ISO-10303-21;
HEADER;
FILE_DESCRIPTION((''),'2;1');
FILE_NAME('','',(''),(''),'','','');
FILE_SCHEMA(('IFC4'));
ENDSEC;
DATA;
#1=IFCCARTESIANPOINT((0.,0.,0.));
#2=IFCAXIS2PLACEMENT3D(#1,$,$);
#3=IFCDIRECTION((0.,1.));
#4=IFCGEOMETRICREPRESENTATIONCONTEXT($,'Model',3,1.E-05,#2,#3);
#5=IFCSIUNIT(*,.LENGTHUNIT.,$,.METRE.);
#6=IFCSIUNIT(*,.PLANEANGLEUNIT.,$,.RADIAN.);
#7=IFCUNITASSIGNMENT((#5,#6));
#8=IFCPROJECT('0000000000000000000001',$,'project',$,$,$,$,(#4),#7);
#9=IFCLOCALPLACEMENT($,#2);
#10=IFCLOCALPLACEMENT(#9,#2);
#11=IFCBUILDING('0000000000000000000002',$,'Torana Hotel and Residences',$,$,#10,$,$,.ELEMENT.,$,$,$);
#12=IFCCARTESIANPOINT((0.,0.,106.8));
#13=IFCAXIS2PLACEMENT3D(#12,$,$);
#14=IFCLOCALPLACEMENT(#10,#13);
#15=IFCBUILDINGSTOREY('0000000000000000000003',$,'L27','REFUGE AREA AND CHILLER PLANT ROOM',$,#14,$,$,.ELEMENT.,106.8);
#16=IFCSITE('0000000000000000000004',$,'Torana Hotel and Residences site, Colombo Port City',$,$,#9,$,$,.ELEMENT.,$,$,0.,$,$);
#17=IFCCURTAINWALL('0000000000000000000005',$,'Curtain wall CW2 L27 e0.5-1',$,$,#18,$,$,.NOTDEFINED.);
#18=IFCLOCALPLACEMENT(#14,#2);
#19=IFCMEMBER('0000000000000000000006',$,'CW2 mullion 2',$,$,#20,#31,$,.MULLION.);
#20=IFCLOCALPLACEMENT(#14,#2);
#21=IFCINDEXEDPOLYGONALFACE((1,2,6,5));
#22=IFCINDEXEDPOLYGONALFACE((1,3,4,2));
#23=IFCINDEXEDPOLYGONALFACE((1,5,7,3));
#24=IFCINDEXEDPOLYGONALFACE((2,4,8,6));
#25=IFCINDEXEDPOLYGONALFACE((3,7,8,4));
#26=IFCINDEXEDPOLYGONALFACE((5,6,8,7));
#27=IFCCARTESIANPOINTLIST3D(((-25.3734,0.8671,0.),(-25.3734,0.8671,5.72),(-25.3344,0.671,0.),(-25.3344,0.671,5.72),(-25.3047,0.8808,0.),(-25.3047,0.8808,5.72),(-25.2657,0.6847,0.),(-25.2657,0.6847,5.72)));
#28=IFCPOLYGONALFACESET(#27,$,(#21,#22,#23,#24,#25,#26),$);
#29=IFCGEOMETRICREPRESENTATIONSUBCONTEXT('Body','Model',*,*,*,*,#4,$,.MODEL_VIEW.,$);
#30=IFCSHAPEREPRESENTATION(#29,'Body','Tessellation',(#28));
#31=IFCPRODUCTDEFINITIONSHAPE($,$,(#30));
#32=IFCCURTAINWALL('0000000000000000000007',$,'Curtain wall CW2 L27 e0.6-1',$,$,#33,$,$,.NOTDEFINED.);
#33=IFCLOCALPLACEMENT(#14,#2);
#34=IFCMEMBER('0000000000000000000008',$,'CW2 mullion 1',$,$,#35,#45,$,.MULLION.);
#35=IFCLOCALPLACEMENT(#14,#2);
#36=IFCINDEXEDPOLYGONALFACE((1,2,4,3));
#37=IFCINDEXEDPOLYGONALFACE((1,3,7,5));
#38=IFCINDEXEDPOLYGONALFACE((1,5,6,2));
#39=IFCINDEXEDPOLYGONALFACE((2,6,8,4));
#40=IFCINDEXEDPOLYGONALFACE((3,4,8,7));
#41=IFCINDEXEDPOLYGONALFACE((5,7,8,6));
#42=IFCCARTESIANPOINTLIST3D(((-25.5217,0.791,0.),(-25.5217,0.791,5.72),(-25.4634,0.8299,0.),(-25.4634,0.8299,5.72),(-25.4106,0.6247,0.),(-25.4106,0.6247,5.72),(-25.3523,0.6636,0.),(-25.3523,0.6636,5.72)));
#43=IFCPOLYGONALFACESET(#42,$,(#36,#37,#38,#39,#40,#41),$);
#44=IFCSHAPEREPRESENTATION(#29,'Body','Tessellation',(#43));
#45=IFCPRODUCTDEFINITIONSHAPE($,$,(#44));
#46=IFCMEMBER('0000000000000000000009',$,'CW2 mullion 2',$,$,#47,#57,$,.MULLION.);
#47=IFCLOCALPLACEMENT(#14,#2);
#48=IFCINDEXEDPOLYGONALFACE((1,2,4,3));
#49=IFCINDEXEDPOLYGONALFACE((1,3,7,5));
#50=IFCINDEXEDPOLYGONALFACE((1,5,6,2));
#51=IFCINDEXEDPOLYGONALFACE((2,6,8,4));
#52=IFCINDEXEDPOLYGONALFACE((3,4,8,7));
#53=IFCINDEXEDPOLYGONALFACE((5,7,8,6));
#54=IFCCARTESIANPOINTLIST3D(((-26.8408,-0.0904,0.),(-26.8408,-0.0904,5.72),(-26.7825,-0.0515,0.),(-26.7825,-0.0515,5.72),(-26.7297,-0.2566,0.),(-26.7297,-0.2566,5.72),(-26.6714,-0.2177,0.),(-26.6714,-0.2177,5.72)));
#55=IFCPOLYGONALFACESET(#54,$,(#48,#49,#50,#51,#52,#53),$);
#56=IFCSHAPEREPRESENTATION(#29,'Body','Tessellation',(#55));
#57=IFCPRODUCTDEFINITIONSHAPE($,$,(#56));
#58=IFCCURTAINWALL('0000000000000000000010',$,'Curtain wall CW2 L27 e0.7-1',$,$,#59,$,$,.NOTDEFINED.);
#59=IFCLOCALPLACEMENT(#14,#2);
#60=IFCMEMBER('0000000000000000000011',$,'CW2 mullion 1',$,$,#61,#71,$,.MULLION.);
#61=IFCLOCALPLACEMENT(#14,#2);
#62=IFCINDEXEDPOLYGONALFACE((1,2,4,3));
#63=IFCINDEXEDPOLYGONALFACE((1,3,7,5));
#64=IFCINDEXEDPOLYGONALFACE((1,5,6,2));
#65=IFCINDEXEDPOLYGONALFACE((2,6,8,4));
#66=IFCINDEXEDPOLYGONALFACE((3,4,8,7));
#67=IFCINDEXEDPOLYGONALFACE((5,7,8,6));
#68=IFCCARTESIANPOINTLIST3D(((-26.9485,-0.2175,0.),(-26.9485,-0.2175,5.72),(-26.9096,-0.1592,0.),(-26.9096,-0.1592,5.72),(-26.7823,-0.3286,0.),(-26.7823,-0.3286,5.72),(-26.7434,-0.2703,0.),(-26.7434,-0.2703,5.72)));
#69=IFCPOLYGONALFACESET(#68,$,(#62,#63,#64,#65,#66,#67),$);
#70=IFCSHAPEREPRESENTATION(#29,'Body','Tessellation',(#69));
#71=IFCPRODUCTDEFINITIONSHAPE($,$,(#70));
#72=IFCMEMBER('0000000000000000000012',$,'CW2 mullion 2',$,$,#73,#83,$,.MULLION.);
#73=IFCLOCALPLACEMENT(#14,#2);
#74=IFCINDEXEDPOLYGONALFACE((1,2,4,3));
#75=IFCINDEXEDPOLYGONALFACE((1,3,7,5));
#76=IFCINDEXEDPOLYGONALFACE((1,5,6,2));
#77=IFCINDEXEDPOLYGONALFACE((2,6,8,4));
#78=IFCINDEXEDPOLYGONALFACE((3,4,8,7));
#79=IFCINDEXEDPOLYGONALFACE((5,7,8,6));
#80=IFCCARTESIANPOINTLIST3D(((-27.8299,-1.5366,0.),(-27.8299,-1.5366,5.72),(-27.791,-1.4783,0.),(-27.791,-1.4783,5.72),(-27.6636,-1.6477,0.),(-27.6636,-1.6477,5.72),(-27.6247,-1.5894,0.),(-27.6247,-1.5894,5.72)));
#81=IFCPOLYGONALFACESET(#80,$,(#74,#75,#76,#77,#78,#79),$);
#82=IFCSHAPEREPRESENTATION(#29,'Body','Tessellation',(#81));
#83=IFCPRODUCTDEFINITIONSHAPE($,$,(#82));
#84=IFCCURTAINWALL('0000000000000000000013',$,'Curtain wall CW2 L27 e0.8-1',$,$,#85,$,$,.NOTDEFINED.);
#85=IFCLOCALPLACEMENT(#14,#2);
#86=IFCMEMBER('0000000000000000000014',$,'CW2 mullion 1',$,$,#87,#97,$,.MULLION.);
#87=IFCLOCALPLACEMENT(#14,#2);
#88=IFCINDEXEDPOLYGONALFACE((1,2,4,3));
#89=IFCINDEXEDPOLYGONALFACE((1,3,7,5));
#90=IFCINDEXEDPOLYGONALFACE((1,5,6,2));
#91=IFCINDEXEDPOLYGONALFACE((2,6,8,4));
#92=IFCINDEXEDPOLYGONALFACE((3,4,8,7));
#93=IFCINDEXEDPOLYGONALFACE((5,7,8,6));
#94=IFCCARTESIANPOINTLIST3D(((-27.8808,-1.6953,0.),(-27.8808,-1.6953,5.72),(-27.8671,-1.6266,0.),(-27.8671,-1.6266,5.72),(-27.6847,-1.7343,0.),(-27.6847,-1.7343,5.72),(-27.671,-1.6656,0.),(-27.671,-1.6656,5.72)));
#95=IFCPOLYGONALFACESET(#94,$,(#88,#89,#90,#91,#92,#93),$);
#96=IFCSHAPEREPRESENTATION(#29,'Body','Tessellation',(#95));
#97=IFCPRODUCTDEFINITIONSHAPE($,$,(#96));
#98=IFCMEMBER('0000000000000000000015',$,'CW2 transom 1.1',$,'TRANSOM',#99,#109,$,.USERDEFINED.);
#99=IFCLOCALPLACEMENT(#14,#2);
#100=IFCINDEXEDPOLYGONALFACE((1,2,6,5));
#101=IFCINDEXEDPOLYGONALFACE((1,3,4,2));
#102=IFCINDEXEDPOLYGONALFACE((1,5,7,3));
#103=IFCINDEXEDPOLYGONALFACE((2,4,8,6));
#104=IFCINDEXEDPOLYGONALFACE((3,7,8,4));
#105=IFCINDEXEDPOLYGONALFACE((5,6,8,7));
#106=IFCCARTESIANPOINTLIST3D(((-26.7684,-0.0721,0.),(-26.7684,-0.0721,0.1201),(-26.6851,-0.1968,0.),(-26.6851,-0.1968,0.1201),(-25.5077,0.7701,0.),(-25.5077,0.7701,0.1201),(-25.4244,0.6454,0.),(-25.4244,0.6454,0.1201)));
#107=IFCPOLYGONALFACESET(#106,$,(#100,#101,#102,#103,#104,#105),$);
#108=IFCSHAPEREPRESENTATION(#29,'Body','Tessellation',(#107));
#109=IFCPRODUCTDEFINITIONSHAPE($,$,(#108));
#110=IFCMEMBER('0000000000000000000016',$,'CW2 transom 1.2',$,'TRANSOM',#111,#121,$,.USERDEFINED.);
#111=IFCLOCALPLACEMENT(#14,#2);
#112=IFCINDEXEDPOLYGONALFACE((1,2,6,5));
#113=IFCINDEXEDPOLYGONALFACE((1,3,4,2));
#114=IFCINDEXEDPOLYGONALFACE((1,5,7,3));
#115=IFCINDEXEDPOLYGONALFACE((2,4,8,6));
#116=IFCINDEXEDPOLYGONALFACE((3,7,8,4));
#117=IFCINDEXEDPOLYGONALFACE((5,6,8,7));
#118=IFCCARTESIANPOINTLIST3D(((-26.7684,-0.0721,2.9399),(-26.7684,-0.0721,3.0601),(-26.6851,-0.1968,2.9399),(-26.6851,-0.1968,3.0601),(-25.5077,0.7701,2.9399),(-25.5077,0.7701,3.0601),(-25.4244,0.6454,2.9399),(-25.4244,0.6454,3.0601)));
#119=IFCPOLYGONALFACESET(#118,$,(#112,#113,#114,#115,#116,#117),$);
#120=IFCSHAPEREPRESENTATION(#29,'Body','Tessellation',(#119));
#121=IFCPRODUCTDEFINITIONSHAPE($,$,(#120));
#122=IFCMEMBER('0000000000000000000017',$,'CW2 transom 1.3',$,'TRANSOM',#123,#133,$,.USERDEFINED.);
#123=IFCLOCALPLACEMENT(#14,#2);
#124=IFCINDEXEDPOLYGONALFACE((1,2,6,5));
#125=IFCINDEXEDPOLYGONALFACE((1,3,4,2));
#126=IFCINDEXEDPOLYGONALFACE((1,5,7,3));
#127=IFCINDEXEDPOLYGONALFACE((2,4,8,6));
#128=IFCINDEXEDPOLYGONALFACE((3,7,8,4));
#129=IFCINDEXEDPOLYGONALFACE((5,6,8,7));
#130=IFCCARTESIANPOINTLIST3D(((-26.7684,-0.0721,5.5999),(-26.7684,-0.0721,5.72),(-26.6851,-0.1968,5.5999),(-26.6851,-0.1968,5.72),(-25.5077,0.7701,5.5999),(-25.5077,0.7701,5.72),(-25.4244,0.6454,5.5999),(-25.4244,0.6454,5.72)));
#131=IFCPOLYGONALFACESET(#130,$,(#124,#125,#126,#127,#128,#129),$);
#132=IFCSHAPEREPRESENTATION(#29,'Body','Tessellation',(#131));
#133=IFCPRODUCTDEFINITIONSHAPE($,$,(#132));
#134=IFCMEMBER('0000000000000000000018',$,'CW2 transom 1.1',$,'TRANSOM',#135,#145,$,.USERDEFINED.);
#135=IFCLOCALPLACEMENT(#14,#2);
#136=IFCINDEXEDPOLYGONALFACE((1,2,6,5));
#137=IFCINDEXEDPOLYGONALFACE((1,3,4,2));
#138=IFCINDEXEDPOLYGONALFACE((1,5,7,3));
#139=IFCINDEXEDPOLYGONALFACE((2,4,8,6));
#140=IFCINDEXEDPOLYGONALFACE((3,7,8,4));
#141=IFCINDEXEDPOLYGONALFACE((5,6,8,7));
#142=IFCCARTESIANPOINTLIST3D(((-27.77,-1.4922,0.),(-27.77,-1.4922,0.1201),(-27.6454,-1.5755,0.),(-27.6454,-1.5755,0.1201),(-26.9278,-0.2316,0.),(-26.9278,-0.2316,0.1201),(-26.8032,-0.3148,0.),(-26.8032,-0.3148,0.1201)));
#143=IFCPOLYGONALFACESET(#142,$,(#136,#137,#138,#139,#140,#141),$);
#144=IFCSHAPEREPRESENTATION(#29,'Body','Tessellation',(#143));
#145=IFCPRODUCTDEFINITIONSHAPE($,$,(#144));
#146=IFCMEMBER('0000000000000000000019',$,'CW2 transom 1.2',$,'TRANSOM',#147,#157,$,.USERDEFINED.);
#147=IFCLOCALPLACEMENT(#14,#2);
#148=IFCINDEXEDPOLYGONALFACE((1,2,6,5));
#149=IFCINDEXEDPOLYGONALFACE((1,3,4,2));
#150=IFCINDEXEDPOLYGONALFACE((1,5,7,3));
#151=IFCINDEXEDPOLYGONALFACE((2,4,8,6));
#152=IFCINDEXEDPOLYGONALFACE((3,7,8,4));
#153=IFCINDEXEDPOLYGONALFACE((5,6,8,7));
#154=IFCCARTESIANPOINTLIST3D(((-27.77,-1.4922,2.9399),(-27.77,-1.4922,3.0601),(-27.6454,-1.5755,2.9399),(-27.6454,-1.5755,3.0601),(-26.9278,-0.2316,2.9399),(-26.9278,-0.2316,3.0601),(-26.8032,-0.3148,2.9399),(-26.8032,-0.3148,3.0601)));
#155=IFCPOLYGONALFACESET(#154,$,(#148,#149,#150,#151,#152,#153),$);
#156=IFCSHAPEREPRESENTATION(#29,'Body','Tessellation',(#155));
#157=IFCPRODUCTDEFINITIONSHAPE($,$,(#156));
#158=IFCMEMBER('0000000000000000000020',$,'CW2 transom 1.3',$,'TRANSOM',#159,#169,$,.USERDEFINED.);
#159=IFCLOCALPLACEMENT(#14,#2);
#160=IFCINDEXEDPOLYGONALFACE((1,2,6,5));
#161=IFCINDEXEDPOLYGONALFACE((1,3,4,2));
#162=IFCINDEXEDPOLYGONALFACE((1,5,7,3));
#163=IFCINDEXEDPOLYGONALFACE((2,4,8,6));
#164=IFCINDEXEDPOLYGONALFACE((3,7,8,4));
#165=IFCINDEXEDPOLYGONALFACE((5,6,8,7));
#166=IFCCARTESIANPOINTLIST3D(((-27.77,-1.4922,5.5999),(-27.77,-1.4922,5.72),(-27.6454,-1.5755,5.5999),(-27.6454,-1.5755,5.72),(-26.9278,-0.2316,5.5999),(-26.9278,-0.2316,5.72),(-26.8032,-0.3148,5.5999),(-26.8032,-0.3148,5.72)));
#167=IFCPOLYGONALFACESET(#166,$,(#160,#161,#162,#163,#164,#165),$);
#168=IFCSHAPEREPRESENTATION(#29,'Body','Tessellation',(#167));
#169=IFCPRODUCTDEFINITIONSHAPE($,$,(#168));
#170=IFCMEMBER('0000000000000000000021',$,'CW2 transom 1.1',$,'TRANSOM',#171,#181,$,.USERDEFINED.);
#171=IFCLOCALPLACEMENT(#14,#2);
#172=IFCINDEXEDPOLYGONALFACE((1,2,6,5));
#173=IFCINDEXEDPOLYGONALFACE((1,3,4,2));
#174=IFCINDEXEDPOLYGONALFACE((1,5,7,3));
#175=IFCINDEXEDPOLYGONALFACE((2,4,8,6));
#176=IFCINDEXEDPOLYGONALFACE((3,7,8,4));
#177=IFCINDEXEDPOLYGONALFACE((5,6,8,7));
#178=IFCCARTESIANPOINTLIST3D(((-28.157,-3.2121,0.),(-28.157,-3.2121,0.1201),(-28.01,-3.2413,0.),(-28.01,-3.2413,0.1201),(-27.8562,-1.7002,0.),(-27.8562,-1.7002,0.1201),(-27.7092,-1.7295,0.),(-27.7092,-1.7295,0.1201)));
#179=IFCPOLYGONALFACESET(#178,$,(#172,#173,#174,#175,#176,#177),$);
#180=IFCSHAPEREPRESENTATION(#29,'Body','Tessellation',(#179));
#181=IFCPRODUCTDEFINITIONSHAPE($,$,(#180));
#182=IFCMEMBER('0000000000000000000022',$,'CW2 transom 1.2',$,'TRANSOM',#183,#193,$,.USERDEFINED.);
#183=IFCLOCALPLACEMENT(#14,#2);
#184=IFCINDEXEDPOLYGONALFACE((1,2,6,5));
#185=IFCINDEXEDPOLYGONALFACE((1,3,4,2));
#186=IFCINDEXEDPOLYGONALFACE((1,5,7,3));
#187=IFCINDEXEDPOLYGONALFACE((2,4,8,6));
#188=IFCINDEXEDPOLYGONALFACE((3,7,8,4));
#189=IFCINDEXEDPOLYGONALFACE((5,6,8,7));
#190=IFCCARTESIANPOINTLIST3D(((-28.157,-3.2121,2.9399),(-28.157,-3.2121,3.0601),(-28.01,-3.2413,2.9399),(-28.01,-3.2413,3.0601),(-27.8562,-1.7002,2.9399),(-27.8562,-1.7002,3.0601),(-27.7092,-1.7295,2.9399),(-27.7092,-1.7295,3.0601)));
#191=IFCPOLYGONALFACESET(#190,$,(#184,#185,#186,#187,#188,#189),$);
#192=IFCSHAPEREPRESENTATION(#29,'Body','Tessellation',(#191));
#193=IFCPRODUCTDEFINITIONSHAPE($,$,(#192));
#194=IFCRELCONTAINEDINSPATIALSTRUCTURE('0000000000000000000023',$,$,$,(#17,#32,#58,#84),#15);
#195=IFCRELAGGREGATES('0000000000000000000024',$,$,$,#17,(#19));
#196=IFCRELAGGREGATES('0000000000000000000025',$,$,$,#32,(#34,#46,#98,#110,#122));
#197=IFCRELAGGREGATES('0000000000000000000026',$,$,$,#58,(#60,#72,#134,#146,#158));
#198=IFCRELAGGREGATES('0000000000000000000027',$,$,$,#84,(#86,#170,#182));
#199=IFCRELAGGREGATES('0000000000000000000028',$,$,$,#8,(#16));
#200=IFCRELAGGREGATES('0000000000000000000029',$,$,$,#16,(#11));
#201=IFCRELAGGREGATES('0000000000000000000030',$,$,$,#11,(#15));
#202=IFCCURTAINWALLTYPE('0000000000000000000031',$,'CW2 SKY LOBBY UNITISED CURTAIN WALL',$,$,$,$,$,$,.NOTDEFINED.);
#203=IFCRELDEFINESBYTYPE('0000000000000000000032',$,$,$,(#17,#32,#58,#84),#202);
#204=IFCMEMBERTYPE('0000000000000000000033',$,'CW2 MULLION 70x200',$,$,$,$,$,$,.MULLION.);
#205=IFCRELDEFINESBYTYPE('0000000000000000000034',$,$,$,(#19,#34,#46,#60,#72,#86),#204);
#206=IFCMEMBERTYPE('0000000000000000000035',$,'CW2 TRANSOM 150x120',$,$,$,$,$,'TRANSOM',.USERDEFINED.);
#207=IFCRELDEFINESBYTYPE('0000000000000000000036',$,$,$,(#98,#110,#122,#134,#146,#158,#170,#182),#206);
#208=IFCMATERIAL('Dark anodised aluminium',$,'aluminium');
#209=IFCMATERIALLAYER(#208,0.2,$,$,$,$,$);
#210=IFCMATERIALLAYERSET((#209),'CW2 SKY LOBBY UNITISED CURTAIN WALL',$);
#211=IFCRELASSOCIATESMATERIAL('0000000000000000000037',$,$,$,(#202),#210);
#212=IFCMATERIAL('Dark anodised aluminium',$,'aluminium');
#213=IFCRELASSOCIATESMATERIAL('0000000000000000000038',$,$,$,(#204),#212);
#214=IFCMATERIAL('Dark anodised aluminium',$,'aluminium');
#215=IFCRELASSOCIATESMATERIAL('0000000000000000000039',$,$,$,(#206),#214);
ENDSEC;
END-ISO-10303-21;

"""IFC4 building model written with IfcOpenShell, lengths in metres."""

from ifc_helpers import new_model, si_unit, direction, frame, origin, origin_2d, place, context, subcontext, project, spatial, rectangle, extrude, material, layer, layer_set, material_profile, profile_set, type_object, element, aggregate, save


model = new_model("IFC4")

# Units and contexts
model_context = context("Model", 3, precision=1e-05, world=origin(), true_north=direction((0.0, 1.0)))
body_context = subcontext(model_context, "Body", "Model", "MODEL_VIEW")
ifc_project = project(units=[si_unit("LENGTHUNIT", "METRE"), si_unit("PLANEANGLEUNIT", "RADIAN")], contexts=[model_context])

# Site, building, storey
site_placement = place(None, origin())
site = spatial("IfcSite", under=ifc_project, at=site_placement, Name="Torana Hotel and Residences site, Colombo Port City", CompositionType="ELEMENT", RefElevation=0.0)
building_placement = place(site_placement, origin())
building = spatial("IfcBuilding", under=site, at=building_placement, Name="Torana Hotel and Residences", CompositionType="ELEMENT")
storey_placement = place(building_placement, frame((0.0, 0.0, 106.8)))
storey = spatial("IfcBuildingStorey", under=building, at=storey_placement, Name="L27", Description="REFUGE AREA AND CHILLER PLANT ROOM", CompositionType="ELEMENT", Elevation=106.8)

# Curtain wall, member
ifc_material_1 = material(Name="Dark anodised aluminium", Category="aluminium")
ifc_layer_1 = layer(ifc_material_1, 0.2)
ifc_layer_set_1 = layer_set([ifc_layer_1], Name="CW2 SKY LOBBY UNITISED CURTAIN WALL")
curtain_wall_type = type_object("IfcCurtainWallType", Name="CW2 SKY LOBBY UNITISED CURTAIN WALL", PredefinedType="NOTDEFINED", material=ifc_layer_set_1)
curtain_wall_1_placement = place(storey_placement, origin())
curtain_wall_1 = element("IfcCurtainWall", 1, at=curtain_wall_1_placement, inside=storey, type_object=curtain_wall_type, Name="Curtain wall CW2 L27 e0.5-1", PredefinedType="NOTDEFINED")
ifc_material_2 = material(Name="Dark anodised aluminium", Category="aluminium")
ifc_material_profile_1 = material_profile(ifc_material_2, rectangle(XDim=0.2, YDim=0.0701, at=origin_2d()), Name="CW2 MULLION 70x200")
ifc_profile_set_1 = profile_set([ifc_material_profile_1], Name="Dark anodised aluminium")
member_type_1 = type_object("IfcMemberType", Name="CW2 MULLION 70x200", PredefinedType="MULLION", material=ifc_profile_set_1)
member_1_placement = place(storey_placement, frame((-25.3196, 0.7759, 0.0), z_axis=(0.0, 0.0, 1.0), x_axis=(0.195064, -0.980791, 0.0)))
member_1 = element("IfcMember", 2, at=member_1_placement, type_object=member_type_1, Name="CW2 mullion 2", PredefinedType="MULLION", context=body_context, shape_type="SweptSolid", body=[
    extrude(rectangle(XDim=0.2, YDim=0.0701, at=origin_2d()), origin(), (0.0, 0.0, 1.0), 5.72),
])

# Curtain walls, members
curtain_wall_2_placement = place(storey_placement, origin())
curtain_wall_2 = element("IfcCurtainWall", 3, at=curtain_wall_2_placement, inside=storey, type_object=curtain_wall_type, Name="Curtain wall CW2 L27 e0.6-1", PredefinedType="NOTDEFINED")
member_2_placement = place(storey_placement, frame((-25.437, 0.7273, 0.0), z_axis=(0.0, 0.0, 1.0), x_axis=(0.555564, -0.831474, 0.0)))
member_2 = element("IfcMember", 4, at=member_2_placement, type_object=member_type_1, Name="CW2 mullion 1", PredefinedType="MULLION", context=body_context, shape_type="SweptSolid", body=[
    extrude(rectangle(XDim=0.2, YDim=0.0701, at=origin_2d()), origin(), (0.0, 0.0, 1.0), 5.72),
])
member_3_placement = place(storey_placement, frame((-26.7561, -0.1541, 0.0), z_axis=(0.0, 0.0, 1.0), x_axis=(0.555564, -0.831474, 0.0)))
member_3 = element("IfcMember", 5, at=member_3_placement, type_object=member_type_1, Name="CW2 mullion 2", PredefinedType="MULLION", context=body_context, shape_type="SweptSolid", body=[
    extrude(rectangle(XDim=0.2, YDim=0.0701, at=origin_2d()), origin(), (0.0, 0.0, 1.0), 5.72),
])
curtain_wall_3_placement = place(storey_placement, origin())
curtain_wall_3 = element("IfcCurtainWall", 6, at=curtain_wall_3_placement, inside=storey, type_object=curtain_wall_type, Name="Curtain wall CW2 L27 e0.7-1", PredefinedType="NOTDEFINED")
member_4_placement = place(storey_placement, frame((-26.8459, -0.2439, 0.0), z_axis=(0.0, 0.0, 1.0), x_axis=(0.831474, -0.555564, 0.0)))
member_4 = element("IfcMember", 7, at=member_4_placement, type_object=member_type_1, Name="CW2 mullion 1", PredefinedType="MULLION", context=body_context, shape_type="SweptSolid", body=[
    extrude(rectangle(XDim=0.2, YDim=0.0701, at=origin_2d()), origin(), (0.0, 0.0, 1.0), 5.72),
])
member_5_placement = place(storey_placement, frame((-27.7273, -1.563, 0.0), z_axis=(0.0, 0.0, 1.0), x_axis=(0.831474, -0.555564, 0.0)))
member_5 = element("IfcMember", 8, at=member_5_placement, type_object=member_type_1, Name="CW2 mullion 2", PredefinedType="MULLION", context=body_context, shape_type="SweptSolid", body=[
    extrude(rectangle(XDim=0.2, YDim=0.0701, at=origin_2d()), origin(), (0.0, 0.0, 1.0), 5.72),
])

# Curtain wall, member
curtain_wall_4_placement = place(storey_placement, origin())
curtain_wall_4 = element("IfcCurtainWall", 9, at=curtain_wall_4_placement, inside=storey, type_object=curtain_wall_type, Name="Curtain wall CW2 L27 e0.8-1", PredefinedType="NOTDEFINED")
member_6_placement = place(storey_placement, frame((-27.7759, -1.6804, 0.0), z_axis=(0.0, 0.0, 1.0), x_axis=(0.980791, -0.195064, 0.0)))
member_6 = element("IfcMember", 10, at=member_6_placement, type_object=member_type_1, Name="CW2 mullion 1", PredefinedType="MULLION", context=body_context, shape_type="SweptSolid", body=[
    extrude(rectangle(XDim=0.2, YDim=0.0701, at=origin_2d()), origin(), (0.0, 0.0, 1.0), 5.72),
])

# Members
ifc_material_3 = material(Name="Dark anodised aluminium", Category="aluminium")
ifc_material_profile_2 = material_profile(ifc_material_3, rectangle(XDim=0.1499, YDim=0.1201, at=origin_2d()), Name="CW2 TRANSOM 150x120")
ifc_profile_set_2 = profile_set([ifc_material_profile_2], Name="Dark anodised aluminium")
member_type_2 = type_object("IfcMemberType", Name="CW2 TRANSOM 150x120", ElementType="TRANSOM", PredefinedType="USERDEFINED", material=ifc_profile_set_2)
member_7_placement = place(storey_placement, frame((-25.4661, 0.7078, 0.0601), z_axis=(-0.831505, -0.555517, 0.0), x_axis=(0.555517, -0.831505, 0.0)))
member_7 = element("IfcMember", 11, at=member_7_placement, type_object=member_type_2, Name="CW2 transom 1.1", ObjectType="TRANSOM", PredefinedType="USERDEFINED", context=body_context, shape_type="SweptSolid", body=[
    extrude(rectangle(XDim=0.1499, YDim=0.1201, at=origin_2d()), origin(), (0.0, 0.0, 1.0), 1.5161),
])
member_8_placement = place(storey_placement, frame((-25.4661, 0.7078, 3.0), z_axis=(-0.831505, -0.555517, 0.0), x_axis=(0.555517, -0.831505, 0.0)))
member_8 = element("IfcMember", 12, at=member_8_placement, type_object=member_type_2, Name="CW2 transom 1.2", ObjectType="TRANSOM", PredefinedType="USERDEFINED", context=body_context, shape_type="SweptSolid", body=[
    extrude(rectangle(XDim=0.1499, YDim=0.1201, at=origin_2d()), origin(), (0.0, 0.0, 1.0), 1.5161),
])
member_9_placement = place(storey_placement, frame((-25.4661, 0.7078, 5.6599), z_axis=(-0.831505, -0.555517, 0.0), x_axis=(0.555517, -0.831505, 0.0)))
member_9 = element("IfcMember", 13, at=member_9_placement, type_object=member_type_2, Name="CW2 transom 1.3", ObjectType="TRANSOM", PredefinedType="USERDEFINED", context=body_context, shape_type="SweptSolid", body=[
    extrude(rectangle(XDim=0.1499, YDim=0.1201, at=origin_2d()), origin(), (0.0, 0.0, 1.0), 1.5161),
])
member_10_placement = place(storey_placement, frame((-26.8655, -0.2732, 0.0601), z_axis=(-0.555517, -0.831505, 0.0), x_axis=(0.831505, -0.555517, 0.0)))
member_10 = element("IfcMember", 14, at=member_10_placement, type_object=member_type_2, Name="CW2 transom 1.1", ObjectType="TRANSOM", PredefinedType="USERDEFINED", context=body_context, shape_type="SweptSolid", body=[
    extrude(rectangle(XDim=0.1499, YDim=0.1201, at=origin_2d()), origin(), (0.0, 0.0, 1.0), 1.5161),
])
member_11_placement = place(storey_placement, frame((-26.8655, -0.2732, 3.0), z_axis=(-0.555517, -0.831505, 0.0), x_axis=(0.831505, -0.555517, 0.0)))
member_11 = element("IfcMember", 15, at=member_11_placement, type_object=member_type_2, Name="CW2 transom 1.2", ObjectType="TRANSOM", PredefinedType="USERDEFINED", context=body_context, shape_type="SweptSolid", body=[
    extrude(rectangle(XDim=0.1499, YDim=0.1201, at=origin_2d()), origin(), (0.0, 0.0, 1.0), 1.5161),
])
member_12_placement = place(storey_placement, frame((-26.8655, -0.2732, 5.6599), z_axis=(-0.555517, -0.831505, 0.0), x_axis=(0.831505, -0.555517, 0.0)))
member_12 = element("IfcMember", 16, at=member_12_placement, type_object=member_type_2, Name="CW2 transom 1.3", ObjectType="TRANSOM", PredefinedType="USERDEFINED", context=body_context, shape_type="SweptSolid", body=[
    extrude(rectangle(XDim=0.1499, YDim=0.1201, at=origin_2d()), origin(), (0.0, 0.0, 1.0), 1.5161),
])
member_13_placement = place(storey_placement, frame((-27.7827, -1.7148, 0.0601), z_axis=(-0.195111, -0.980781, 0.0), x_axis=(0.980781, -0.195111, 0.0)))
member_13 = element("IfcMember", 17, at=member_13_placement, type_object=member_type_2, Name="CW2 transom 1.1", ObjectType="TRANSOM", PredefinedType="USERDEFINED", context=body_context, shape_type="SweptSolid", body=[
    extrude(rectangle(XDim=0.1499, YDim=0.1201, at=origin_2d()), origin(), (0.0, 0.0, 1.0), 1.5415),
])
member_14_placement = place(storey_placement, frame((-27.7827, -1.7148, 3.0), z_axis=(-0.195111, -0.980781, 0.0), x_axis=(0.980781, -0.195111, 0.0)))
member_14 = element("IfcMember", 18, at=member_14_placement, type_object=member_type_2, Name="CW2 transom 1.2", ObjectType="TRANSOM", PredefinedType="USERDEFINED", context=body_context, shape_type="SweptSolid", body=[
    extrude(rectangle(XDim=0.1499, YDim=0.1201, at=origin_2d()), origin(), (0.0, 0.0, 1.0), 1.5415),
])

aggregate(curtain_wall_1, [member_1])
aggregate(curtain_wall_2, [member_2, member_3, member_7, member_8, member_9])
aggregate(curtain_wall_3, [member_4, member_5, member_10, member_11, member_12])
aggregate(curtain_wall_4, [member_6, member_13, member_14])

save(model, "model.ifc")
